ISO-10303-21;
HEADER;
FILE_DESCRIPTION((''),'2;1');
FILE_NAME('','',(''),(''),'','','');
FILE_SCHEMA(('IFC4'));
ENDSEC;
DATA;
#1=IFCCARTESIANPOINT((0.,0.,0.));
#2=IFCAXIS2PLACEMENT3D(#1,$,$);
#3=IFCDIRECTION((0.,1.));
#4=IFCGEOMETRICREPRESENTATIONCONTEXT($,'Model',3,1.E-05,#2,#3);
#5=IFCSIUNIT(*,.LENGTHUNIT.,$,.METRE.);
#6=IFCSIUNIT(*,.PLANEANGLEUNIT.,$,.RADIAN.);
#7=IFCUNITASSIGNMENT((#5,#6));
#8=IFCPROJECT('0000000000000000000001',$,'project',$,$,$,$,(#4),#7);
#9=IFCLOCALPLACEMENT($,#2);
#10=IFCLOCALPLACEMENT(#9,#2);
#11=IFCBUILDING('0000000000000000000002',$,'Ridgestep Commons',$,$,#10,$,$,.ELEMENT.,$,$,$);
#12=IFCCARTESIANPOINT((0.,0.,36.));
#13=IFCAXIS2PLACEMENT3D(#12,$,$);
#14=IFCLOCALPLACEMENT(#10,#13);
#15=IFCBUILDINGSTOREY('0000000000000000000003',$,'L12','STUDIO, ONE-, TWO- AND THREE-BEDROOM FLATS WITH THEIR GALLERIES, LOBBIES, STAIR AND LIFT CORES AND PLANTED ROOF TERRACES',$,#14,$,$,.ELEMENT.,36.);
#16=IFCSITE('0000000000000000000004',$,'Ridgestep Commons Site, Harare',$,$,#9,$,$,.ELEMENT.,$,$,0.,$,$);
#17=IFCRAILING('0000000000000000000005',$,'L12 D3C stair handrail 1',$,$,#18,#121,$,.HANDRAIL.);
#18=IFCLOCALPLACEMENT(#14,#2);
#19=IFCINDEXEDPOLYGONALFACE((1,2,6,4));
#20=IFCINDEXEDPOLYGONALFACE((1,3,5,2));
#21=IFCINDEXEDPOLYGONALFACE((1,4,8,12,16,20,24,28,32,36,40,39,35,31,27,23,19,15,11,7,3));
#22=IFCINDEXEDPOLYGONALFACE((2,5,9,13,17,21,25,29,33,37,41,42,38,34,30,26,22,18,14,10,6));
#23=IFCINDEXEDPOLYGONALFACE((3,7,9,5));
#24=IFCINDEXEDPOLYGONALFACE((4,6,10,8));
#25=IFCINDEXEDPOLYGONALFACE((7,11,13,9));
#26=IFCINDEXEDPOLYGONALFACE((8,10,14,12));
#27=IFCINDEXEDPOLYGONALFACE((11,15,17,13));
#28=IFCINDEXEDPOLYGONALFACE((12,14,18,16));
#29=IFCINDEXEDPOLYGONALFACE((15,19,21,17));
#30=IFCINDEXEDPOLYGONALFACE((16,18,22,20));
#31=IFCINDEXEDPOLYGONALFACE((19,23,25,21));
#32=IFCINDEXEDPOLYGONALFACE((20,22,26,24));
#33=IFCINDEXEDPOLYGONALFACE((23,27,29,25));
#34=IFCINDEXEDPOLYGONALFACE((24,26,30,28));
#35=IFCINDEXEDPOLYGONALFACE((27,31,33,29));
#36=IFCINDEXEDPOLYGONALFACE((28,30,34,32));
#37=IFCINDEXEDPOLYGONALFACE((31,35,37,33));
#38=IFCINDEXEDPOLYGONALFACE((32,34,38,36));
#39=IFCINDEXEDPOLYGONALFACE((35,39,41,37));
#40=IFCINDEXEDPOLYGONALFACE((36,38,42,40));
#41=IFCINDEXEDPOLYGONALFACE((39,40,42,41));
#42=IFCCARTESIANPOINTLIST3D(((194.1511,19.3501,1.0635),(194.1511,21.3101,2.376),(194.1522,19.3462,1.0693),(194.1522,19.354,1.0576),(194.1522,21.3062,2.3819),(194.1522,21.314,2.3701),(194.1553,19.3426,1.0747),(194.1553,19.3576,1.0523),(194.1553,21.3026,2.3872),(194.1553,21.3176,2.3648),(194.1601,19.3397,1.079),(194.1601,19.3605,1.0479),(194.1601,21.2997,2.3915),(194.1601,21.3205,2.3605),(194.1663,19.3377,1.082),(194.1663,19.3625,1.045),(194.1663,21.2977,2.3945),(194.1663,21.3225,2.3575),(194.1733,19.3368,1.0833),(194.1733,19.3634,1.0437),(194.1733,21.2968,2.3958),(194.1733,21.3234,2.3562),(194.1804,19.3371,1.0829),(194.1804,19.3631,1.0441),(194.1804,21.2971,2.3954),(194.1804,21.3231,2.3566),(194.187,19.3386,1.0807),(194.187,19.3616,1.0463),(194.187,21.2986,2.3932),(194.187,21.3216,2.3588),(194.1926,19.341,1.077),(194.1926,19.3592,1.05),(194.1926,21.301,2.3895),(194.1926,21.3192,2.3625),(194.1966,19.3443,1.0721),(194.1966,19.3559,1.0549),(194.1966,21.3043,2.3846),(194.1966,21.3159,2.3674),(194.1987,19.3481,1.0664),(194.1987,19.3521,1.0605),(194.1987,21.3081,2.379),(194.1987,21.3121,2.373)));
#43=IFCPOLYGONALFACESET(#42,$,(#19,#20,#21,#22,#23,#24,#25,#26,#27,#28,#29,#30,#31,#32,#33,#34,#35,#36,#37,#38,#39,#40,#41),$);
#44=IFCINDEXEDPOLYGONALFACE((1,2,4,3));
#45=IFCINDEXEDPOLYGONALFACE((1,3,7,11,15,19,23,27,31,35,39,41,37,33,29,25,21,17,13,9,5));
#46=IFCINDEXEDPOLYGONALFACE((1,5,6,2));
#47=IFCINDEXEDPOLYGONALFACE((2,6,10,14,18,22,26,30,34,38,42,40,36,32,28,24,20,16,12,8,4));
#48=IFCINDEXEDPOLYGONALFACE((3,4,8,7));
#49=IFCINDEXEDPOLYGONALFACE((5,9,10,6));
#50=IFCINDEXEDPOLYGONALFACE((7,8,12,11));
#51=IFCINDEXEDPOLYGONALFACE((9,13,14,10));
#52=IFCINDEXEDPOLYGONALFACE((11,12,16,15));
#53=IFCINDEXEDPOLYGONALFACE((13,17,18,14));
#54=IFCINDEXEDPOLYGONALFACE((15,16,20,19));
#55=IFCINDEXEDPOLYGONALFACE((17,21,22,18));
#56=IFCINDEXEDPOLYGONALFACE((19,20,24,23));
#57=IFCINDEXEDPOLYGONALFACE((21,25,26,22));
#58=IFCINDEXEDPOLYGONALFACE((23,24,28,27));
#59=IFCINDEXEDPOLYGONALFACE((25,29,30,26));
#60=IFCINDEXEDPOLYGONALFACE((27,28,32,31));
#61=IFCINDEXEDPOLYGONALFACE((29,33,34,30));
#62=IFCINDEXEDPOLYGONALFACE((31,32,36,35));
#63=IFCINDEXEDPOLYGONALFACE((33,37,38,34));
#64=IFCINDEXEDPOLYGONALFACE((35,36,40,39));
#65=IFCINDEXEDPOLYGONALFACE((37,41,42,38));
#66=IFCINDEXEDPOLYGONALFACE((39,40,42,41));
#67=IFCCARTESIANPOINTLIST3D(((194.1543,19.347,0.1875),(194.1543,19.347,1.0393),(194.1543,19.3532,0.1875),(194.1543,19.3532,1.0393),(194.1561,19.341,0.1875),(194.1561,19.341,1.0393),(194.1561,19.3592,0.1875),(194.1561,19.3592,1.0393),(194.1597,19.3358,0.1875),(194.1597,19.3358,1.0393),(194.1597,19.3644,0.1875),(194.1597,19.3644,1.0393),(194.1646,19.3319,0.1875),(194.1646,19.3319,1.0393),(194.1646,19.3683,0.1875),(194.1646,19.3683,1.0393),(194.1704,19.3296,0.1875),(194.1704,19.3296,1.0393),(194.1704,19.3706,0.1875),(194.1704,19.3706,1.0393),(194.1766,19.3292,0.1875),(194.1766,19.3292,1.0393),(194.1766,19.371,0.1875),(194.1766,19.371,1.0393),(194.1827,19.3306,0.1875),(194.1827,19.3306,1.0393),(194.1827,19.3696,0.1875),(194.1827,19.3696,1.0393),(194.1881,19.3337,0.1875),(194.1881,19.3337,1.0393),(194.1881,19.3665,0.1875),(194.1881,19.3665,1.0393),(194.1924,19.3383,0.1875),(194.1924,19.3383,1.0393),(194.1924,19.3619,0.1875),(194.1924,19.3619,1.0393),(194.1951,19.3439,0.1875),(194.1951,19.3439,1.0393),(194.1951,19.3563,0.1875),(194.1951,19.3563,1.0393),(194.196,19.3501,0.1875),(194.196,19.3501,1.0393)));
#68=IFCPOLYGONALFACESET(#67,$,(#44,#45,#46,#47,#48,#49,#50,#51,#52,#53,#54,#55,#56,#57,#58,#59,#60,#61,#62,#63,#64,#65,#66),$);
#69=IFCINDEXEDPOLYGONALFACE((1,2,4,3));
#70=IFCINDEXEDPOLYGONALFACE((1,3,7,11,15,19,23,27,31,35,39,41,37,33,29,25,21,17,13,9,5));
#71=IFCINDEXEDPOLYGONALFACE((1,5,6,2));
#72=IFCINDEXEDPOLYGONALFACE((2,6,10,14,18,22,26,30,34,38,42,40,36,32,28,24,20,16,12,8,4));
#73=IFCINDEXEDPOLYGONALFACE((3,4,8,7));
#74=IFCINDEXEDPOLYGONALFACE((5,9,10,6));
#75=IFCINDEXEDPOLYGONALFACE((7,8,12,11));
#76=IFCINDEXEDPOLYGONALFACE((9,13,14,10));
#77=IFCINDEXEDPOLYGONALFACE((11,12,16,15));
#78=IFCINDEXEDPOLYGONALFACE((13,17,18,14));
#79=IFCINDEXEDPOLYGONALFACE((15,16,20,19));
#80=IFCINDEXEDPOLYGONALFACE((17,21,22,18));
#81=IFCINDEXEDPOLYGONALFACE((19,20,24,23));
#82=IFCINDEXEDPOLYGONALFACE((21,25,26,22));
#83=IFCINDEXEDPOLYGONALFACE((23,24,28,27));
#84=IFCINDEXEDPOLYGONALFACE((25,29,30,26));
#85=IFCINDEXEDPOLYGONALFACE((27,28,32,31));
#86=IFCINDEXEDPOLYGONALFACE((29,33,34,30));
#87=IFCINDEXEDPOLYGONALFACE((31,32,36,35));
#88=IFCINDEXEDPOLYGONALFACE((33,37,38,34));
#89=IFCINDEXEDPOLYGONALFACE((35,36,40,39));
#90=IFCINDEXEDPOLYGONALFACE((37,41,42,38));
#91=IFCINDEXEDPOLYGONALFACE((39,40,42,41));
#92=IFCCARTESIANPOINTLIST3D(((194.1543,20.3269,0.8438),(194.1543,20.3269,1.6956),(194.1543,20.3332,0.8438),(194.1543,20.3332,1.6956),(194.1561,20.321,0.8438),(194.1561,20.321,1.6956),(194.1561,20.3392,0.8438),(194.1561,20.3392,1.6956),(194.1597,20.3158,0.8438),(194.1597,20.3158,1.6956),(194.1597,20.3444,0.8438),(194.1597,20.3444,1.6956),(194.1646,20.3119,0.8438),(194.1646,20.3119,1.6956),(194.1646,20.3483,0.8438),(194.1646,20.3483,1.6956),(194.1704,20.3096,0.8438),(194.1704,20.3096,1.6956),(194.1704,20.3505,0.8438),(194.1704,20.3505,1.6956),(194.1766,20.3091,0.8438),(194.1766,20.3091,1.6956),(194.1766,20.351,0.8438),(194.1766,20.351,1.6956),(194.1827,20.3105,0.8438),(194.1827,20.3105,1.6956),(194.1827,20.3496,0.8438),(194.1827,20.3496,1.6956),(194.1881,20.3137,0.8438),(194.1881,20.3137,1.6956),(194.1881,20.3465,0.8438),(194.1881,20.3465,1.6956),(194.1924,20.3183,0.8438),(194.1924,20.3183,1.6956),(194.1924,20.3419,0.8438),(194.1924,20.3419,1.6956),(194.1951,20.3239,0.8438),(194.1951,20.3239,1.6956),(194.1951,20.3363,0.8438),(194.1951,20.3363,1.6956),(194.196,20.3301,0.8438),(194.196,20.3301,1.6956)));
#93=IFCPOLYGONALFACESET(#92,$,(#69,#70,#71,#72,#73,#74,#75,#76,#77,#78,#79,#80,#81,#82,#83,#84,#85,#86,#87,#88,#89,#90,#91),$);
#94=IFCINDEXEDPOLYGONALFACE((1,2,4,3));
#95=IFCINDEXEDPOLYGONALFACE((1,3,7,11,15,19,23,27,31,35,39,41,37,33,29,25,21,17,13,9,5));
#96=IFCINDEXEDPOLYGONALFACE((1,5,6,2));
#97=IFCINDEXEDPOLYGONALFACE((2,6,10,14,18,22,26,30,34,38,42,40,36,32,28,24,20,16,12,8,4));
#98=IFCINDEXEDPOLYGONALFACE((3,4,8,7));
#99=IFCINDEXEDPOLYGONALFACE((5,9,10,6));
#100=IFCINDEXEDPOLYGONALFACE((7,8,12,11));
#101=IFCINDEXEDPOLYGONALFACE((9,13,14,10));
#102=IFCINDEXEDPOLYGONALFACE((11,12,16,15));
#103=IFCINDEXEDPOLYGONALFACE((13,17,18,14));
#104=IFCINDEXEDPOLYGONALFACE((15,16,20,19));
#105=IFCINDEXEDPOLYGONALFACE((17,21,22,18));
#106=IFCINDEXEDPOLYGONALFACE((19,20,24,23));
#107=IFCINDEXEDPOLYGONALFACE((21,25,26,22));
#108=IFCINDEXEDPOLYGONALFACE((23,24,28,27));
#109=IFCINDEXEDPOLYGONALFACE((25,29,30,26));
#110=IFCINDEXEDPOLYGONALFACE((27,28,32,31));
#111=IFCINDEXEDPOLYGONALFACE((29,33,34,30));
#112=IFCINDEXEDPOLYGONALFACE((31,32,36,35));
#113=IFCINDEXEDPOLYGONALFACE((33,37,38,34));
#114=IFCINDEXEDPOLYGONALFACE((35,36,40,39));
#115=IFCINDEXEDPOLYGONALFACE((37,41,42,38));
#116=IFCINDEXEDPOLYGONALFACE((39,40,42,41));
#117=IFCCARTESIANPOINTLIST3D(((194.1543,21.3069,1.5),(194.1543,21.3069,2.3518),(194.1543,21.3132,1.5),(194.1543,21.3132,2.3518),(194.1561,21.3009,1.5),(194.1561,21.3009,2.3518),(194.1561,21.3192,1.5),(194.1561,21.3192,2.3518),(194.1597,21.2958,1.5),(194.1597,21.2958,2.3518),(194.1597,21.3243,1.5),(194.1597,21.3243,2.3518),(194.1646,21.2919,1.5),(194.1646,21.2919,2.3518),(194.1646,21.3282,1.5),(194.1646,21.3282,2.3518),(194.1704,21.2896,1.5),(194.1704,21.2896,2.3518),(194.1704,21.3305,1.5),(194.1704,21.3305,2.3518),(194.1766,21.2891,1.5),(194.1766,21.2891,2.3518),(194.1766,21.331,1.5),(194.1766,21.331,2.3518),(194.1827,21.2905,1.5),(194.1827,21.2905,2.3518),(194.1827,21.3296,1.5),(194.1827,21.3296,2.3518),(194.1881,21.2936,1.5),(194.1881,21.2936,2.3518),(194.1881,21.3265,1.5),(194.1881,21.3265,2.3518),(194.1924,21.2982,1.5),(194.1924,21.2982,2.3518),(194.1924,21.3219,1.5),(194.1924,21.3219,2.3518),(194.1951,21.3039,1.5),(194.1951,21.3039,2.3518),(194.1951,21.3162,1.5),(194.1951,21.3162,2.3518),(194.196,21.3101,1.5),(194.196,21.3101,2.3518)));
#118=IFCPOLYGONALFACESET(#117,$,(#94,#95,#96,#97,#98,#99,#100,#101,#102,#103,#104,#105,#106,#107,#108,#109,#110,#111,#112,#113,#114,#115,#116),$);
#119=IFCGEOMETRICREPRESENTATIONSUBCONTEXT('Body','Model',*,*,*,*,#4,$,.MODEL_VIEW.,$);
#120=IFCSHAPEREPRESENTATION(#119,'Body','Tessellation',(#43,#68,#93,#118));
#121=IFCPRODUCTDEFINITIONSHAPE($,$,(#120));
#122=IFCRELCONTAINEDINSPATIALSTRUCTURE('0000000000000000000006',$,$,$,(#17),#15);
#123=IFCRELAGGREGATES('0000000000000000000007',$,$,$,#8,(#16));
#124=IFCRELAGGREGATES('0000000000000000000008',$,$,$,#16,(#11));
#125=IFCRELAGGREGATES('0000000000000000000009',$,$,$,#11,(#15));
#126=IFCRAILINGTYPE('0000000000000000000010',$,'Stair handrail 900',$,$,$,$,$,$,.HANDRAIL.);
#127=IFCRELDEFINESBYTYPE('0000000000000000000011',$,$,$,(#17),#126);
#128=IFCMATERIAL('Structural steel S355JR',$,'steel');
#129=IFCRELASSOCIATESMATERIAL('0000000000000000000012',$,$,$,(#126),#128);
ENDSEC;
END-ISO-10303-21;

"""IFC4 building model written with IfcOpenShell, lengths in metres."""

from ifc_helpers import new_model, si_unit, direction, frame, origin, origin_2d, place, context, subcontext, project, spatial, circle, extrude, material, type_object, element, save


model = new_model("IFC4")

# Units and contexts
model_context = context("Model", 3, precision=1e-05, world=origin(), true_north=direction((0.0, 1.0)))
body_context = subcontext(model_context, "Body", "Model", "MODEL_VIEW")
ifc_project = project(units=[si_unit("LENGTHUNIT", "METRE"), si_unit("PLANEANGLEUNIT", "RADIAN")], contexts=[model_context])

# Site, building, storey
site_placement = place(None, origin())
site = spatial("IfcSite", under=ifc_project, at=site_placement, Name="Ridgestep Commons Site, Harare", CompositionType="ELEMENT", RefElevation=0.0)
building_placement = place(site_placement, origin())
building = spatial("IfcBuilding", under=site, at=building_placement, Name="Ridgestep Commons", CompositionType="ELEMENT")
storey_placement = place(building_placement, frame((0.0, 0.0, 36.0)))
storey = spatial("IfcBuildingStorey", under=building, at=storey_placement, Name="L12", Description="STUDIO, ONE-, TWO- AND THREE-BEDROOM FLATS WITH THEIR GALLERIES, LOBBIES, STAIR AND LIFT CORES AND PLANTED ROOF TERRACES", CompositionType="ELEMENT", Elevation=36.0)

# Railing
ifc_material_1 = material(Name="Structural steel S355JR", Category="steel")
railing_type_1 = type_object("IfcRailingType", Name="Stair handrail 900", PredefinedType="HANDRAIL", material=ifc_material_1)
railing_1_placement = place(storey_placement, frame((194.175, 19.3501, 0.1875)))
element("IfcRailing", 1, at=railing_1_placement, inside=storey, type_object=railing_type_1, Name="L12 D3C stair handrail 1", PredefinedType="HANDRAIL", context=body_context, shape_type="SweptSolid", body=[
    extrude(circle(Radius=0.0239, at=origin_2d()), frame((0.0, 0.0, 0.876), z_axis=(0.0, 0.830902, 0.556419), x_axis=(-1.0, 0.0, 0.0)), (0.0, 0.0, 1.0), 2.3589),
    extrude(circle(Radius=0.021, at=origin_2d()), origin(), (0.0, 0.0, 1.0), 0.8518),
    extrude(circle(Radius=0.021, at=origin_2d()), frame((0.0, 0.98, 0.6562)), (0.0, 0.0, 1.0), 0.8518),
    extrude(circle(Radius=0.021, at=origin_2d()), frame((0.0, 1.96, 1.3125)), (0.0, 0.0, 1.0), 0.8518),
])

save(model, "model.ifc")
